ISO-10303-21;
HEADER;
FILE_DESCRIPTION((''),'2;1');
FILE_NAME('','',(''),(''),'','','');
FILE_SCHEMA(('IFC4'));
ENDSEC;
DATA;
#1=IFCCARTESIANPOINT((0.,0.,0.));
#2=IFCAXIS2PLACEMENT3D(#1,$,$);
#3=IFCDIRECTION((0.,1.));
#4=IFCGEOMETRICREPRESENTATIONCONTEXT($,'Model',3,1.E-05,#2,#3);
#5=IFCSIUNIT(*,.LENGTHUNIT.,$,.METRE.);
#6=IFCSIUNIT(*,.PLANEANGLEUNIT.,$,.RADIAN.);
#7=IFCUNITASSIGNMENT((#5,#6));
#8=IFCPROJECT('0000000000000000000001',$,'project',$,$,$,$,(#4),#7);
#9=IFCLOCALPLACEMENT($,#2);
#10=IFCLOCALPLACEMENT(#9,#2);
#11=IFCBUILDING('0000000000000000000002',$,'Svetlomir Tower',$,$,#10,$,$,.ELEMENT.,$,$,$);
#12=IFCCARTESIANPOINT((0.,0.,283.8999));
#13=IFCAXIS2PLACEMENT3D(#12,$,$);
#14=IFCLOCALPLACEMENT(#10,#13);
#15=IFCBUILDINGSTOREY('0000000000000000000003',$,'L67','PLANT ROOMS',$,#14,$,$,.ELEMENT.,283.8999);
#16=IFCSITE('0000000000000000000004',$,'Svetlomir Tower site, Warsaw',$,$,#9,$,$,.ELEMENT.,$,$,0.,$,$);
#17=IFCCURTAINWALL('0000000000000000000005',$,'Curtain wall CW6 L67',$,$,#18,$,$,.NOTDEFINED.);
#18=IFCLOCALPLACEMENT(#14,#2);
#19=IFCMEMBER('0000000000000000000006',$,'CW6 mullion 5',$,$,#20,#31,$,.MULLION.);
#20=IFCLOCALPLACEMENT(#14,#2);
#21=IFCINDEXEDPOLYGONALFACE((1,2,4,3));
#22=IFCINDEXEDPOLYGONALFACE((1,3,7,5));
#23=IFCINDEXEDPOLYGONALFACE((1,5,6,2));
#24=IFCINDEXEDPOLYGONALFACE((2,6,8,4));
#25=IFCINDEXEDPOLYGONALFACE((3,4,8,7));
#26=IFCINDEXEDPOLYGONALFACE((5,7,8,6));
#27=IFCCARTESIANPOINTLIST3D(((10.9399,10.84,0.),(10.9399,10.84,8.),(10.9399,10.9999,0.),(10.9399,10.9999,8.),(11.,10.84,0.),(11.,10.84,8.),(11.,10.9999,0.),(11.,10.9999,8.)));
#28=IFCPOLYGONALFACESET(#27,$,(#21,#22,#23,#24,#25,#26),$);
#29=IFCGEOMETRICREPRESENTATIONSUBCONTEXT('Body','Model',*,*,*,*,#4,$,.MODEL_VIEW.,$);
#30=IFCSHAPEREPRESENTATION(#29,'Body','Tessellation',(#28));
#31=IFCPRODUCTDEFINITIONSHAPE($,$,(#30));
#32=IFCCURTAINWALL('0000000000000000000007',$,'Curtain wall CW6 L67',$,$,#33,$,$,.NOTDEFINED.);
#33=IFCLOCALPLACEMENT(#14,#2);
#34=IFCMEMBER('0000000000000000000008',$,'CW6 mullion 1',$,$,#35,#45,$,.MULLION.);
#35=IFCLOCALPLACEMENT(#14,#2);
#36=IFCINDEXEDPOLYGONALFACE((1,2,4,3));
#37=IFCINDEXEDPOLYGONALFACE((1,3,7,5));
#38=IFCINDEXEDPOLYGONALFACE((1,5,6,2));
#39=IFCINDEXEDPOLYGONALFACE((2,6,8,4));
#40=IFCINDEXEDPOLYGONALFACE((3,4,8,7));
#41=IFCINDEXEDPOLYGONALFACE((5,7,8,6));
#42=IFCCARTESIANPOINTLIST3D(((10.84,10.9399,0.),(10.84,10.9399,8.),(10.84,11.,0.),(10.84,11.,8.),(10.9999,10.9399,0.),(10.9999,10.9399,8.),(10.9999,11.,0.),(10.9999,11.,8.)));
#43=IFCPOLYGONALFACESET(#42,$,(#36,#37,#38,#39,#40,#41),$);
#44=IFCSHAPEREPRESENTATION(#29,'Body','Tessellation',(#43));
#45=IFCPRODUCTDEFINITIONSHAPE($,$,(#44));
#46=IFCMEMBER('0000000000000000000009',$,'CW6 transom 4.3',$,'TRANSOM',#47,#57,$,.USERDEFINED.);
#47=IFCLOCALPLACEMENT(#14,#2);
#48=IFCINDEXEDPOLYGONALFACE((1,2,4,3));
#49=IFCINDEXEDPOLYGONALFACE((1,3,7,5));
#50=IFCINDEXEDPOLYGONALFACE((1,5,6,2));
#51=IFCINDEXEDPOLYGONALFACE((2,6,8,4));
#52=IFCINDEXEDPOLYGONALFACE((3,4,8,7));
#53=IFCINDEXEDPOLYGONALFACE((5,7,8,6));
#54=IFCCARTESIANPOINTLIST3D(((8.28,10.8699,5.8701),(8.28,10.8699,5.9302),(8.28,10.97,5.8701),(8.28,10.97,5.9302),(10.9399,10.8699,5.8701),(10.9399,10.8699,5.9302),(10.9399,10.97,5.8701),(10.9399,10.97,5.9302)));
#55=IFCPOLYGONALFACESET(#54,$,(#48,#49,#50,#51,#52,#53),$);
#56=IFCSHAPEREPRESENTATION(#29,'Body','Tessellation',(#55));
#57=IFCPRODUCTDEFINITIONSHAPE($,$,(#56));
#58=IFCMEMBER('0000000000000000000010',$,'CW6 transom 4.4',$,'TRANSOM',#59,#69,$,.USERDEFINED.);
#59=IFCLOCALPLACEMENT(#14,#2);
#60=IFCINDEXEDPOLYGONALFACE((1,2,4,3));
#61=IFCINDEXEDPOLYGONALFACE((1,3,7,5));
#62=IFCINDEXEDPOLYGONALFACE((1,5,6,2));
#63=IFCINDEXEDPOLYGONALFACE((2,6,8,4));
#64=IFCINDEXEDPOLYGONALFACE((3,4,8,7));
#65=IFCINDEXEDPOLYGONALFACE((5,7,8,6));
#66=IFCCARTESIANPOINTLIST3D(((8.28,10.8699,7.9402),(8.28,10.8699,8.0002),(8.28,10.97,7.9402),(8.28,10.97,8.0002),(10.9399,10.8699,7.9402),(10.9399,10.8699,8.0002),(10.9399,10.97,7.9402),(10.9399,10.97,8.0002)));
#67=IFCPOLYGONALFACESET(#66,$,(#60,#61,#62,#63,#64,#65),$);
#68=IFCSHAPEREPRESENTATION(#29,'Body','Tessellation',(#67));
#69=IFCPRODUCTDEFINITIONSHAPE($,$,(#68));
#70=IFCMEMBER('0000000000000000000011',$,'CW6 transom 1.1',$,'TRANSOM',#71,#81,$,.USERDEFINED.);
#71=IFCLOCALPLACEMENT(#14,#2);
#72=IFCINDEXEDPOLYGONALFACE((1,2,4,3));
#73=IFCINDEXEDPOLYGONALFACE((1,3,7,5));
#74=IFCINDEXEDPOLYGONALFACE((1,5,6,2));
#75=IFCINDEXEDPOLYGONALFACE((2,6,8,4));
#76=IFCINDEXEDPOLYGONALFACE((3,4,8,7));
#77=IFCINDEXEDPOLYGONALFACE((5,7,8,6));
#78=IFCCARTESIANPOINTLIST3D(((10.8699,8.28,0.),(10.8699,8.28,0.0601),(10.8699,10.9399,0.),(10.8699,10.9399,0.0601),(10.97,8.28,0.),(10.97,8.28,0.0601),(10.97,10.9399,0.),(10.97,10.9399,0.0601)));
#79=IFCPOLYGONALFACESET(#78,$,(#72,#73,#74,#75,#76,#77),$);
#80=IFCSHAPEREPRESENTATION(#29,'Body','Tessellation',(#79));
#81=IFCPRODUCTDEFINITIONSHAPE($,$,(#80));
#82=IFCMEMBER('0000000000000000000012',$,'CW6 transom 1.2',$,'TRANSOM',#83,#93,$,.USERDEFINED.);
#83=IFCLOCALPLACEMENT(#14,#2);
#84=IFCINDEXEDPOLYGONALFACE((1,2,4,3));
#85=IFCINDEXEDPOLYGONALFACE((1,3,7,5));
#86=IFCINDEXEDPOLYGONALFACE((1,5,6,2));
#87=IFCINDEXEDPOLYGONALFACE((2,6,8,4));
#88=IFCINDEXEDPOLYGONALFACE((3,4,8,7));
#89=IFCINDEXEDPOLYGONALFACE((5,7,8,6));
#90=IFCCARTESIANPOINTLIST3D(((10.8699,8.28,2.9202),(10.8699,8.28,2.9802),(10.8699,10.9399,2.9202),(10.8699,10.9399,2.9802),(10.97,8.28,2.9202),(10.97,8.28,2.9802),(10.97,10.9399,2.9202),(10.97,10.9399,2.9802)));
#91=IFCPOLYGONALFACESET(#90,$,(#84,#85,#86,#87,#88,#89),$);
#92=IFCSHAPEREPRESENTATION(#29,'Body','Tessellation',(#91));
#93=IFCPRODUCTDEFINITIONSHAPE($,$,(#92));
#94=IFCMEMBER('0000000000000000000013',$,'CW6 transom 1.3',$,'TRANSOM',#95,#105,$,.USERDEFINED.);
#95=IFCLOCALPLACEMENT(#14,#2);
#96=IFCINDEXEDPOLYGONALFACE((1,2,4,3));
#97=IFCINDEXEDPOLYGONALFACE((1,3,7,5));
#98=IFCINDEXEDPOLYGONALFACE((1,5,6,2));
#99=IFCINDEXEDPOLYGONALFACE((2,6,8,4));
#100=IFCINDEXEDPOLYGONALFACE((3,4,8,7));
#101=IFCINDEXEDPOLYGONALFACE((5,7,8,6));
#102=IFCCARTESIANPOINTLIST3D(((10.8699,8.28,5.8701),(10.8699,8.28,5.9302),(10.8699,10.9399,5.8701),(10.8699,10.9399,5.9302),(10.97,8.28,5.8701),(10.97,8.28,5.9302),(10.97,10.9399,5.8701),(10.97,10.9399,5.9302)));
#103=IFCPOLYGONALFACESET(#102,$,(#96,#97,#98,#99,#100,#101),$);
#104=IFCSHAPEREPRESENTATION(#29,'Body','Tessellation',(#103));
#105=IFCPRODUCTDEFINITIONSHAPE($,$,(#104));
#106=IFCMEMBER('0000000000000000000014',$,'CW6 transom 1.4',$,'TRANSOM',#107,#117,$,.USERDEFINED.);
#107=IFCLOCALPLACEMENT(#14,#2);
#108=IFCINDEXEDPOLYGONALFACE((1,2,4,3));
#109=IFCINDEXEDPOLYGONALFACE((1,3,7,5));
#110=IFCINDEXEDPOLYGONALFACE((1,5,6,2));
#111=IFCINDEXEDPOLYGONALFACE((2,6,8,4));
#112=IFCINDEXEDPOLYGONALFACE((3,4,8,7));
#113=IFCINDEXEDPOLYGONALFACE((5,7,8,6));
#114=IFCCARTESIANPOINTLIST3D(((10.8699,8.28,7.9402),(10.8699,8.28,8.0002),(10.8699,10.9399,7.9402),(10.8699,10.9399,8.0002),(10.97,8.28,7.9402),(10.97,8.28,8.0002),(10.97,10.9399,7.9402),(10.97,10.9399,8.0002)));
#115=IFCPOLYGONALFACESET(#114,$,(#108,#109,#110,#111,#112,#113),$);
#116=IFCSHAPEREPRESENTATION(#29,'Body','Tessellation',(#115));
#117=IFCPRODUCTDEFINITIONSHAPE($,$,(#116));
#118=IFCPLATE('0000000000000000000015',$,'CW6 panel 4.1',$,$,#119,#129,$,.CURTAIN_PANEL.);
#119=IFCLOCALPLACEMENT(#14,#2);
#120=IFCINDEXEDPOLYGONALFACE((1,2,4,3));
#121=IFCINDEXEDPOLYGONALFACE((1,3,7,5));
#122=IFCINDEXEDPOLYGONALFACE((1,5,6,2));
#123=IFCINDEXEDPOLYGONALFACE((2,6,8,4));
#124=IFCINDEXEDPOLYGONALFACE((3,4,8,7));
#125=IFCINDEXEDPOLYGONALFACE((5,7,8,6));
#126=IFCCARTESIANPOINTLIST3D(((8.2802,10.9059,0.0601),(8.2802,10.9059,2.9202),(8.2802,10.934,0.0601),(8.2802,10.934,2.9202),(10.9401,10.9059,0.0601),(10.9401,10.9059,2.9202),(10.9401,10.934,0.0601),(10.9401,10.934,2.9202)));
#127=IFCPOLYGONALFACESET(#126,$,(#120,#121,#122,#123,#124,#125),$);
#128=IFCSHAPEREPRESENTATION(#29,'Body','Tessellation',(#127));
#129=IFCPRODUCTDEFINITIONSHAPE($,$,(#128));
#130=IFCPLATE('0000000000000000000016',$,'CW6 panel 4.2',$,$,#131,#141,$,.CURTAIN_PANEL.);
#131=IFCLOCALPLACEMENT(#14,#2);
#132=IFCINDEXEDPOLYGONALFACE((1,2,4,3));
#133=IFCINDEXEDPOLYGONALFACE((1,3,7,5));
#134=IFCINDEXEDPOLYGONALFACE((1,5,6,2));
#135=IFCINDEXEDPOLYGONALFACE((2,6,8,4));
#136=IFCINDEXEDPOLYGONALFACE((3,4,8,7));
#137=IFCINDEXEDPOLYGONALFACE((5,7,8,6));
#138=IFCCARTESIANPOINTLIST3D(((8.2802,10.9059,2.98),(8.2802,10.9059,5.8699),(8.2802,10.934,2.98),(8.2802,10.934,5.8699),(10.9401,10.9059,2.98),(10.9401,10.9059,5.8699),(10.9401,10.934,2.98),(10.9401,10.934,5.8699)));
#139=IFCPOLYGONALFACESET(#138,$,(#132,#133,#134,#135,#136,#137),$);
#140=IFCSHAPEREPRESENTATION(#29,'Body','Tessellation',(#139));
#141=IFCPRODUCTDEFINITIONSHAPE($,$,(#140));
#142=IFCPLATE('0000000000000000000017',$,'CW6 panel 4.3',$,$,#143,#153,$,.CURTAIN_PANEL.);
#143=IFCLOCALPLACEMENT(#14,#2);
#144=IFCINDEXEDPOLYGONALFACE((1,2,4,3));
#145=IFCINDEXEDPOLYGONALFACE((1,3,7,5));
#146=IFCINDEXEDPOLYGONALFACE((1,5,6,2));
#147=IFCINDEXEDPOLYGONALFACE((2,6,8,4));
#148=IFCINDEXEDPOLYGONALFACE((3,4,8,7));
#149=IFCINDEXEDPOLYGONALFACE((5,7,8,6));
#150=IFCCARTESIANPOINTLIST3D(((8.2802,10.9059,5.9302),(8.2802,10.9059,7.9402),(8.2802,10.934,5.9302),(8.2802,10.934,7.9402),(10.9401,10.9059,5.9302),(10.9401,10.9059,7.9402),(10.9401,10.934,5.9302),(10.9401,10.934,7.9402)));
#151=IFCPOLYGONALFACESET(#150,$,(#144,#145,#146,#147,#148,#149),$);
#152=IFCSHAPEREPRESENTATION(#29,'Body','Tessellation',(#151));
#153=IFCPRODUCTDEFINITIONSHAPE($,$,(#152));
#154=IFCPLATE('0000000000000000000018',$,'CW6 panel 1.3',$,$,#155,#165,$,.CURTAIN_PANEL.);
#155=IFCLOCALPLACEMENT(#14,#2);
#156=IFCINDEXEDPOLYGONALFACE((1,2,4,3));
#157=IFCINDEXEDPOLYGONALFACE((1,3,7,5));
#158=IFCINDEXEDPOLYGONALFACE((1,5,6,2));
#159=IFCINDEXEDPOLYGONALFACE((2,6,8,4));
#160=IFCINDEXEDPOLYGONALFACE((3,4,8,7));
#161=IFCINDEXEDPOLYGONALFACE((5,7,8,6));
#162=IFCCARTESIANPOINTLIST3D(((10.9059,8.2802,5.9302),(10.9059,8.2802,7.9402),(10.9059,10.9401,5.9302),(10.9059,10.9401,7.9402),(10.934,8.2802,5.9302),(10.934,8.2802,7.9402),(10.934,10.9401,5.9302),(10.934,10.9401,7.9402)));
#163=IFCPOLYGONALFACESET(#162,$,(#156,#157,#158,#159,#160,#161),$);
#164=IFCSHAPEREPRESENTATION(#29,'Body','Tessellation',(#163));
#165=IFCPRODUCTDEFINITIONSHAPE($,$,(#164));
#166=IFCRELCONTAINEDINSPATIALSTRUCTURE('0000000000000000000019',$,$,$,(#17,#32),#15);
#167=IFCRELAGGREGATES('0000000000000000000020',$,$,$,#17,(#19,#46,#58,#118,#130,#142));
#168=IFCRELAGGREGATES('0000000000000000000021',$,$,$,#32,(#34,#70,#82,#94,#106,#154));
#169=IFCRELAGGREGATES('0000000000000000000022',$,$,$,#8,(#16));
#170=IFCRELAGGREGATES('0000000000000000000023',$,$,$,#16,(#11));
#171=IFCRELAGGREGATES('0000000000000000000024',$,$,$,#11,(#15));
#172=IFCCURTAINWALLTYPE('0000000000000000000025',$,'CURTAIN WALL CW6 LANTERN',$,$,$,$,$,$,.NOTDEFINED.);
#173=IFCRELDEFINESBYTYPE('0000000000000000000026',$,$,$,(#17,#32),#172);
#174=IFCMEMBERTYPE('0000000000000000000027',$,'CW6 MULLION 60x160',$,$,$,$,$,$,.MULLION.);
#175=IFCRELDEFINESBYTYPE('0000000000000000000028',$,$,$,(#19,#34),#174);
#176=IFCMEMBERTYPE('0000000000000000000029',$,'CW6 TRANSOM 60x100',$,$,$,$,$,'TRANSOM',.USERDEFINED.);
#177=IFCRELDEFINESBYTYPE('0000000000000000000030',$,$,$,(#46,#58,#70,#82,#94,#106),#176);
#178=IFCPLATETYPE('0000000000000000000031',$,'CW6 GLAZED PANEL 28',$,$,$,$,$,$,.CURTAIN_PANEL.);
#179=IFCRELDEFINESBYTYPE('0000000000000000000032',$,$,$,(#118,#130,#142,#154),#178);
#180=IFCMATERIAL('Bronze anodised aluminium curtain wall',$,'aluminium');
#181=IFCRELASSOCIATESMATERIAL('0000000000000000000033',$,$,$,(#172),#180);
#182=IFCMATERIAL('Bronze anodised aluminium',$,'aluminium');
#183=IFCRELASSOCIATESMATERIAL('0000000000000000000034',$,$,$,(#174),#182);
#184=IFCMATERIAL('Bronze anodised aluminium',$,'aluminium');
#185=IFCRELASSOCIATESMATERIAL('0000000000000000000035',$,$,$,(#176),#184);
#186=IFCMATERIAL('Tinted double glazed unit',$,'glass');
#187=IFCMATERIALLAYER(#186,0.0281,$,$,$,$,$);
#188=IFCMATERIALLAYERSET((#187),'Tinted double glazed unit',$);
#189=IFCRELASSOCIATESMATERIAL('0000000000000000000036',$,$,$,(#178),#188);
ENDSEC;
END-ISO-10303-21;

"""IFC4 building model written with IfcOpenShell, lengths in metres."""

from ifc_helpers import new_model, si_unit, direction, frame, origin, origin_2d, place, context, subcontext, project, spatial, rectangle, extrude, material, layer, layer_set, material_profile, profile_set, type_object, element, aggregate, save


model = new_model("IFC4")

# Units and contexts
model_context = context("Model", 3, precision=1e-05, world=origin(), true_north=direction((0.0, 1.0)))
body_context = subcontext(model_context, "Body", "Model", "MODEL_VIEW")
ifc_project = project(units=[si_unit("LENGTHUNIT", "METRE"), si_unit("PLANEANGLEUNIT", "RADIAN")], contexts=[model_context])

# Site, building, storey
site_placement = place(None, origin())
site = spatial("IfcSite", under=ifc_project, at=site_placement, Name="Svetlomir Tower site, Warsaw", CompositionType="ELEMENT", RefElevation=0.0)
building_placement = place(site_placement, origin())
building = spatial("IfcBuilding", under=site, at=building_placement, Name="Svetlomir Tower", CompositionType="ELEMENT")
storey_placement = place(building_placement, frame((0.0, 0.0, 283.8999)))
storey = spatial("IfcBuildingStorey", under=building, at=storey_placement, Name="L67", Description="PLANT ROOMS", CompositionType="ELEMENT", Elevation=283.8999)

# Curtain walls, members
ifc_material_1 = material(Name="Bronze anodised aluminium curtain wall", Category="aluminium")
curtain_wall_type = type_object("IfcCurtainWallType", Name="CURTAIN WALL CW6 LANTERN", PredefinedType="NOTDEFINED", material=ifc_material_1)
curtain_wall_1_placement = place(storey_placement, origin())
curtain_wall_1 = element("IfcCurtainWall", 1, at=curtain_wall_1_placement, inside=storey, type_object=curtain_wall_type, Name="Curtain wall CW6 L67", PredefinedType="NOTDEFINED")
ifc_material_2 = material(Name="Bronze anodised aluminium", Category="aluminium")
ifc_material_profile_1 = material_profile(ifc_material_2, rectangle(XDim=0.0601, YDim=0.1599, at=origin_2d()), Name="AL 60x160")
ifc_profile_set_1 = profile_set([ifc_material_profile_1], Name="Bronze anodised aluminium 6063-T6")
member_type_1 = type_object("IfcMemberType", Name="CW6 MULLION 60x160", PredefinedType="MULLION", material=ifc_profile_set_1)
member_1_placement = place(storey_placement, frame((10.97, 10.9199, 0.0), z_axis=(0.0, 0.0, 1.0), x_axis=(1.0, 0.0, 0.0)))
member_1 = element("IfcMember", 2, at=member_1_placement, type_object=member_type_1, Name="CW6 mullion 5", PredefinedType="MULLION", context=body_context, shape_type="SweptSolid", body=[
    extrude(rectangle(XDim=0.0601, YDim=0.1599, at=origin_2d()), origin(), (0.0, 0.0, 1.0), 8.0),
])
curtain_wall_2_placement = place(storey_placement, origin())
curtain_wall_2 = element("IfcCurtainWall", 3, at=curtain_wall_2_placement, inside=storey, type_object=curtain_wall_type, Name="Curtain wall CW6 L67", PredefinedType="NOTDEFINED")
member_2_placement = place(storey_placement, frame((10.9199, 10.97, 0.0), z_axis=(0.0, 0.0, 1.0), x_axis=(0.0, -1.0, 0.0)))
member_2 = element("IfcMember", 4, at=member_2_placement, type_object=member_type_1, Name="CW6 mullion 1", PredefinedType="MULLION", context=body_context, shape_type="SweptSolid", body=[
    extrude(rectangle(XDim=0.0601, YDim=0.1599, at=origin_2d()), origin(), (0.0, 0.0, 1.0), 8.0),
])

# Members
ifc_material_3 = material(Name="Bronze anodised aluminium", Category="aluminium")
ifc_material_profile_2 = material_profile(ifc_material_3, rectangle(XDim=0.1001, YDim=0.0601, at=origin_2d()), Name="AL 100x60")
ifc_profile_set_2 = profile_set([ifc_material_profile_2], Name="Bronze anodised aluminium 6063-T6")
member_type_2 = type_object("IfcMemberType", Name="CW6 TRANSOM 60x100", ElementType="TRANSOM", PredefinedType="USERDEFINED", material=ifc_profile_set_2)
member_3_placement = place(storey_placement, frame((8.28, 10.9199, 5.9001), z_axis=(1.0, 0.0, 0.0), x_axis=(0.0, 1.0, 0.0)))
member_3 = element("IfcMember", 5, at=member_3_placement, type_object=member_type_2, Name="CW6 transom 4.3", ObjectType="TRANSOM", PredefinedType="USERDEFINED", context=body_context, shape_type="SweptSolid", body=[
    extrude(rectangle(XDim=0.1001, YDim=0.0601, at=origin_2d()), origin(), (0.0, 0.0, 1.0), 2.6599),
])
member_4_placement = place(storey_placement, frame((8.28, 10.9199, 7.9702), z_axis=(1.0, 0.0, 0.0), x_axis=(0.0, 1.0, 0.0)))
member_4 = element("IfcMember", 6, at=member_4_placement, type_object=member_type_2, Name="CW6 transom 4.4", ObjectType="TRANSOM", PredefinedType="USERDEFINED", context=body_context, shape_type="SweptSolid", body=[
    extrude(rectangle(XDim=0.1001, YDim=0.0601, at=origin_2d()), origin(), (0.0, 0.0, 1.0), 2.6599),
])
member_5_placement = place(storey_placement, frame((10.9199, 10.9399, 0.03), z_axis=(0.0, -1.0, 0.0), x_axis=(1.0, 0.0, 0.0)))
member_5 = element("IfcMember", 7, at=member_5_placement, type_object=member_type_2, Name="CW6 transom 1.1", ObjectType="TRANSOM", PredefinedType="USERDEFINED", context=body_context, shape_type="SweptSolid", body=[
    extrude(rectangle(XDim=0.1001, YDim=0.0601, at=origin_2d()), origin(), (0.0, 0.0, 1.0), 2.6599),
])
member_6_placement = place(storey_placement, frame((10.9199, 10.9399, 2.9502), z_axis=(0.0, -1.0, 0.0), x_axis=(1.0, 0.0, 0.0)))
member_6 = element("IfcMember", 8, at=member_6_placement, type_object=member_type_2, Name="CW6 transom 1.2", ObjectType="TRANSOM", PredefinedType="USERDEFINED", context=body_context, shape_type="SweptSolid", body=[
    extrude(rectangle(XDim=0.1001, YDim=0.0601, at=origin_2d()), origin(), (0.0, 0.0, 1.0), 2.6599),
])
member_7_placement = place(storey_placement, frame((10.9199, 10.9399, 5.9001), z_axis=(0.0, -1.0, 0.0), x_axis=(1.0, 0.0, 0.0)))
member_7 = element("IfcMember", 9, at=member_7_placement, type_object=member_type_2, Name="CW6 transom 1.3", ObjectType="TRANSOM", PredefinedType="USERDEFINED", context=body_context, shape_type="SweptSolid", body=[
    extrude(rectangle(XDim=0.1001, YDim=0.0601, at=origin_2d()), origin(), (0.0, 0.0, 1.0), 2.6599),
])
member_8_placement = place(storey_placement, frame((10.9199, 10.9399, 7.9702), z_axis=(0.0, -1.0, 0.0), x_axis=(1.0, 0.0, 0.0)))
member_8 = element("IfcMember", 10, at=member_8_placement, type_object=member_type_2, Name="CW6 transom 1.4", ObjectType="TRANSOM", PredefinedType="USERDEFINED", context=body_context, shape_type="SweptSolid", body=[
    extrude(rectangle(XDim=0.1001, YDim=0.0601, at=origin_2d()), origin(), (0.0, 0.0, 1.0), 2.6599),
])

# Plates
ifc_material_4 = material(Name="Tinted double glazed unit", Category="glass")
ifc_layer_1 = layer(ifc_material_4, 0.0281)
ifc_layer_set_1 = layer_set([ifc_layer_1], Name="Tinted double glazed unit")
plate_type = type_object("IfcPlateType", Name="CW6 GLAZED PANEL 28", PredefinedType="CURTAIN_PANEL", material=ifc_layer_set_1)
plate_1_placement = place(storey_placement, frame((9.6101, 10.9199, 0.0601), z_axis=(0.0, 0.0, 1.0), x_axis=(1.0, 0.0, 0.0)))
plate_1 = element("IfcPlate", 11, at=plate_1_placement, type_object=plate_type, Name="CW6 panel 4.1", PredefinedType="CURTAIN_PANEL", context=body_context, shape_type="SweptSolid", body=[
    extrude(rectangle(XDim=2.6599, YDim=0.0281, at=origin_2d()), origin(), (0.0, 0.0, 1.0), 2.8601),
])
plate_2_placement = place(storey_placement, frame((9.6101, 10.9199, 2.98), z_axis=(0.0, 0.0, 1.0), x_axis=(1.0, 0.0, 0.0)))
plate_2 = element("IfcPlate", 12, at=plate_2_placement, type_object=plate_type, Name="CW6 panel 4.2", PredefinedType="CURTAIN_PANEL", context=body_context, shape_type="SweptSolid", body=[
    extrude(rectangle(XDim=2.6599, YDim=0.0281, at=origin_2d()), origin(), (0.0, 0.0, 1.0), 2.8899),
])
plate_3_placement = place(storey_placement, frame((9.6101, 10.9199, 5.9302), z_axis=(0.0, 0.0, 1.0), x_axis=(1.0, 0.0, 0.0)))
plate_3 = element("IfcPlate", 13, at=plate_3_placement, type_object=plate_type, Name="CW6 panel 4.3", PredefinedType="CURTAIN_PANEL", context=body_context, shape_type="SweptSolid", body=[
    extrude(rectangle(XDim=2.6599, YDim=0.0281, at=origin_2d()), origin(), (0.0, 0.0, 1.0), 2.01),
])
aggregate(curtain_wall_1, [member_1, member_3, member_4, plate_1, plate_2, plate_3])
plate_4_placement = place(storey_placement, frame((10.9199, 9.6101, 5.9302), z_axis=(0.0, 0.0, 1.0), x_axis=(0.0, -1.0, 0.0)))
plate_4 = element("IfcPlate", 14, at=plate_4_placement, type_object=plate_type, Name="CW6 panel 1.3", PredefinedType="CURTAIN_PANEL", context=body_context, shape_type="SweptSolid", body=[
    extrude(rectangle(XDim=2.6599, YDim=0.0281, at=origin_2d()), origin(), (0.0, 0.0, 1.0), 2.01),
])
aggregate(curtain_wall_2, [member_2, member_5, member_6, member_7, member_8, plate_4])

save(model, "model.ifc")
